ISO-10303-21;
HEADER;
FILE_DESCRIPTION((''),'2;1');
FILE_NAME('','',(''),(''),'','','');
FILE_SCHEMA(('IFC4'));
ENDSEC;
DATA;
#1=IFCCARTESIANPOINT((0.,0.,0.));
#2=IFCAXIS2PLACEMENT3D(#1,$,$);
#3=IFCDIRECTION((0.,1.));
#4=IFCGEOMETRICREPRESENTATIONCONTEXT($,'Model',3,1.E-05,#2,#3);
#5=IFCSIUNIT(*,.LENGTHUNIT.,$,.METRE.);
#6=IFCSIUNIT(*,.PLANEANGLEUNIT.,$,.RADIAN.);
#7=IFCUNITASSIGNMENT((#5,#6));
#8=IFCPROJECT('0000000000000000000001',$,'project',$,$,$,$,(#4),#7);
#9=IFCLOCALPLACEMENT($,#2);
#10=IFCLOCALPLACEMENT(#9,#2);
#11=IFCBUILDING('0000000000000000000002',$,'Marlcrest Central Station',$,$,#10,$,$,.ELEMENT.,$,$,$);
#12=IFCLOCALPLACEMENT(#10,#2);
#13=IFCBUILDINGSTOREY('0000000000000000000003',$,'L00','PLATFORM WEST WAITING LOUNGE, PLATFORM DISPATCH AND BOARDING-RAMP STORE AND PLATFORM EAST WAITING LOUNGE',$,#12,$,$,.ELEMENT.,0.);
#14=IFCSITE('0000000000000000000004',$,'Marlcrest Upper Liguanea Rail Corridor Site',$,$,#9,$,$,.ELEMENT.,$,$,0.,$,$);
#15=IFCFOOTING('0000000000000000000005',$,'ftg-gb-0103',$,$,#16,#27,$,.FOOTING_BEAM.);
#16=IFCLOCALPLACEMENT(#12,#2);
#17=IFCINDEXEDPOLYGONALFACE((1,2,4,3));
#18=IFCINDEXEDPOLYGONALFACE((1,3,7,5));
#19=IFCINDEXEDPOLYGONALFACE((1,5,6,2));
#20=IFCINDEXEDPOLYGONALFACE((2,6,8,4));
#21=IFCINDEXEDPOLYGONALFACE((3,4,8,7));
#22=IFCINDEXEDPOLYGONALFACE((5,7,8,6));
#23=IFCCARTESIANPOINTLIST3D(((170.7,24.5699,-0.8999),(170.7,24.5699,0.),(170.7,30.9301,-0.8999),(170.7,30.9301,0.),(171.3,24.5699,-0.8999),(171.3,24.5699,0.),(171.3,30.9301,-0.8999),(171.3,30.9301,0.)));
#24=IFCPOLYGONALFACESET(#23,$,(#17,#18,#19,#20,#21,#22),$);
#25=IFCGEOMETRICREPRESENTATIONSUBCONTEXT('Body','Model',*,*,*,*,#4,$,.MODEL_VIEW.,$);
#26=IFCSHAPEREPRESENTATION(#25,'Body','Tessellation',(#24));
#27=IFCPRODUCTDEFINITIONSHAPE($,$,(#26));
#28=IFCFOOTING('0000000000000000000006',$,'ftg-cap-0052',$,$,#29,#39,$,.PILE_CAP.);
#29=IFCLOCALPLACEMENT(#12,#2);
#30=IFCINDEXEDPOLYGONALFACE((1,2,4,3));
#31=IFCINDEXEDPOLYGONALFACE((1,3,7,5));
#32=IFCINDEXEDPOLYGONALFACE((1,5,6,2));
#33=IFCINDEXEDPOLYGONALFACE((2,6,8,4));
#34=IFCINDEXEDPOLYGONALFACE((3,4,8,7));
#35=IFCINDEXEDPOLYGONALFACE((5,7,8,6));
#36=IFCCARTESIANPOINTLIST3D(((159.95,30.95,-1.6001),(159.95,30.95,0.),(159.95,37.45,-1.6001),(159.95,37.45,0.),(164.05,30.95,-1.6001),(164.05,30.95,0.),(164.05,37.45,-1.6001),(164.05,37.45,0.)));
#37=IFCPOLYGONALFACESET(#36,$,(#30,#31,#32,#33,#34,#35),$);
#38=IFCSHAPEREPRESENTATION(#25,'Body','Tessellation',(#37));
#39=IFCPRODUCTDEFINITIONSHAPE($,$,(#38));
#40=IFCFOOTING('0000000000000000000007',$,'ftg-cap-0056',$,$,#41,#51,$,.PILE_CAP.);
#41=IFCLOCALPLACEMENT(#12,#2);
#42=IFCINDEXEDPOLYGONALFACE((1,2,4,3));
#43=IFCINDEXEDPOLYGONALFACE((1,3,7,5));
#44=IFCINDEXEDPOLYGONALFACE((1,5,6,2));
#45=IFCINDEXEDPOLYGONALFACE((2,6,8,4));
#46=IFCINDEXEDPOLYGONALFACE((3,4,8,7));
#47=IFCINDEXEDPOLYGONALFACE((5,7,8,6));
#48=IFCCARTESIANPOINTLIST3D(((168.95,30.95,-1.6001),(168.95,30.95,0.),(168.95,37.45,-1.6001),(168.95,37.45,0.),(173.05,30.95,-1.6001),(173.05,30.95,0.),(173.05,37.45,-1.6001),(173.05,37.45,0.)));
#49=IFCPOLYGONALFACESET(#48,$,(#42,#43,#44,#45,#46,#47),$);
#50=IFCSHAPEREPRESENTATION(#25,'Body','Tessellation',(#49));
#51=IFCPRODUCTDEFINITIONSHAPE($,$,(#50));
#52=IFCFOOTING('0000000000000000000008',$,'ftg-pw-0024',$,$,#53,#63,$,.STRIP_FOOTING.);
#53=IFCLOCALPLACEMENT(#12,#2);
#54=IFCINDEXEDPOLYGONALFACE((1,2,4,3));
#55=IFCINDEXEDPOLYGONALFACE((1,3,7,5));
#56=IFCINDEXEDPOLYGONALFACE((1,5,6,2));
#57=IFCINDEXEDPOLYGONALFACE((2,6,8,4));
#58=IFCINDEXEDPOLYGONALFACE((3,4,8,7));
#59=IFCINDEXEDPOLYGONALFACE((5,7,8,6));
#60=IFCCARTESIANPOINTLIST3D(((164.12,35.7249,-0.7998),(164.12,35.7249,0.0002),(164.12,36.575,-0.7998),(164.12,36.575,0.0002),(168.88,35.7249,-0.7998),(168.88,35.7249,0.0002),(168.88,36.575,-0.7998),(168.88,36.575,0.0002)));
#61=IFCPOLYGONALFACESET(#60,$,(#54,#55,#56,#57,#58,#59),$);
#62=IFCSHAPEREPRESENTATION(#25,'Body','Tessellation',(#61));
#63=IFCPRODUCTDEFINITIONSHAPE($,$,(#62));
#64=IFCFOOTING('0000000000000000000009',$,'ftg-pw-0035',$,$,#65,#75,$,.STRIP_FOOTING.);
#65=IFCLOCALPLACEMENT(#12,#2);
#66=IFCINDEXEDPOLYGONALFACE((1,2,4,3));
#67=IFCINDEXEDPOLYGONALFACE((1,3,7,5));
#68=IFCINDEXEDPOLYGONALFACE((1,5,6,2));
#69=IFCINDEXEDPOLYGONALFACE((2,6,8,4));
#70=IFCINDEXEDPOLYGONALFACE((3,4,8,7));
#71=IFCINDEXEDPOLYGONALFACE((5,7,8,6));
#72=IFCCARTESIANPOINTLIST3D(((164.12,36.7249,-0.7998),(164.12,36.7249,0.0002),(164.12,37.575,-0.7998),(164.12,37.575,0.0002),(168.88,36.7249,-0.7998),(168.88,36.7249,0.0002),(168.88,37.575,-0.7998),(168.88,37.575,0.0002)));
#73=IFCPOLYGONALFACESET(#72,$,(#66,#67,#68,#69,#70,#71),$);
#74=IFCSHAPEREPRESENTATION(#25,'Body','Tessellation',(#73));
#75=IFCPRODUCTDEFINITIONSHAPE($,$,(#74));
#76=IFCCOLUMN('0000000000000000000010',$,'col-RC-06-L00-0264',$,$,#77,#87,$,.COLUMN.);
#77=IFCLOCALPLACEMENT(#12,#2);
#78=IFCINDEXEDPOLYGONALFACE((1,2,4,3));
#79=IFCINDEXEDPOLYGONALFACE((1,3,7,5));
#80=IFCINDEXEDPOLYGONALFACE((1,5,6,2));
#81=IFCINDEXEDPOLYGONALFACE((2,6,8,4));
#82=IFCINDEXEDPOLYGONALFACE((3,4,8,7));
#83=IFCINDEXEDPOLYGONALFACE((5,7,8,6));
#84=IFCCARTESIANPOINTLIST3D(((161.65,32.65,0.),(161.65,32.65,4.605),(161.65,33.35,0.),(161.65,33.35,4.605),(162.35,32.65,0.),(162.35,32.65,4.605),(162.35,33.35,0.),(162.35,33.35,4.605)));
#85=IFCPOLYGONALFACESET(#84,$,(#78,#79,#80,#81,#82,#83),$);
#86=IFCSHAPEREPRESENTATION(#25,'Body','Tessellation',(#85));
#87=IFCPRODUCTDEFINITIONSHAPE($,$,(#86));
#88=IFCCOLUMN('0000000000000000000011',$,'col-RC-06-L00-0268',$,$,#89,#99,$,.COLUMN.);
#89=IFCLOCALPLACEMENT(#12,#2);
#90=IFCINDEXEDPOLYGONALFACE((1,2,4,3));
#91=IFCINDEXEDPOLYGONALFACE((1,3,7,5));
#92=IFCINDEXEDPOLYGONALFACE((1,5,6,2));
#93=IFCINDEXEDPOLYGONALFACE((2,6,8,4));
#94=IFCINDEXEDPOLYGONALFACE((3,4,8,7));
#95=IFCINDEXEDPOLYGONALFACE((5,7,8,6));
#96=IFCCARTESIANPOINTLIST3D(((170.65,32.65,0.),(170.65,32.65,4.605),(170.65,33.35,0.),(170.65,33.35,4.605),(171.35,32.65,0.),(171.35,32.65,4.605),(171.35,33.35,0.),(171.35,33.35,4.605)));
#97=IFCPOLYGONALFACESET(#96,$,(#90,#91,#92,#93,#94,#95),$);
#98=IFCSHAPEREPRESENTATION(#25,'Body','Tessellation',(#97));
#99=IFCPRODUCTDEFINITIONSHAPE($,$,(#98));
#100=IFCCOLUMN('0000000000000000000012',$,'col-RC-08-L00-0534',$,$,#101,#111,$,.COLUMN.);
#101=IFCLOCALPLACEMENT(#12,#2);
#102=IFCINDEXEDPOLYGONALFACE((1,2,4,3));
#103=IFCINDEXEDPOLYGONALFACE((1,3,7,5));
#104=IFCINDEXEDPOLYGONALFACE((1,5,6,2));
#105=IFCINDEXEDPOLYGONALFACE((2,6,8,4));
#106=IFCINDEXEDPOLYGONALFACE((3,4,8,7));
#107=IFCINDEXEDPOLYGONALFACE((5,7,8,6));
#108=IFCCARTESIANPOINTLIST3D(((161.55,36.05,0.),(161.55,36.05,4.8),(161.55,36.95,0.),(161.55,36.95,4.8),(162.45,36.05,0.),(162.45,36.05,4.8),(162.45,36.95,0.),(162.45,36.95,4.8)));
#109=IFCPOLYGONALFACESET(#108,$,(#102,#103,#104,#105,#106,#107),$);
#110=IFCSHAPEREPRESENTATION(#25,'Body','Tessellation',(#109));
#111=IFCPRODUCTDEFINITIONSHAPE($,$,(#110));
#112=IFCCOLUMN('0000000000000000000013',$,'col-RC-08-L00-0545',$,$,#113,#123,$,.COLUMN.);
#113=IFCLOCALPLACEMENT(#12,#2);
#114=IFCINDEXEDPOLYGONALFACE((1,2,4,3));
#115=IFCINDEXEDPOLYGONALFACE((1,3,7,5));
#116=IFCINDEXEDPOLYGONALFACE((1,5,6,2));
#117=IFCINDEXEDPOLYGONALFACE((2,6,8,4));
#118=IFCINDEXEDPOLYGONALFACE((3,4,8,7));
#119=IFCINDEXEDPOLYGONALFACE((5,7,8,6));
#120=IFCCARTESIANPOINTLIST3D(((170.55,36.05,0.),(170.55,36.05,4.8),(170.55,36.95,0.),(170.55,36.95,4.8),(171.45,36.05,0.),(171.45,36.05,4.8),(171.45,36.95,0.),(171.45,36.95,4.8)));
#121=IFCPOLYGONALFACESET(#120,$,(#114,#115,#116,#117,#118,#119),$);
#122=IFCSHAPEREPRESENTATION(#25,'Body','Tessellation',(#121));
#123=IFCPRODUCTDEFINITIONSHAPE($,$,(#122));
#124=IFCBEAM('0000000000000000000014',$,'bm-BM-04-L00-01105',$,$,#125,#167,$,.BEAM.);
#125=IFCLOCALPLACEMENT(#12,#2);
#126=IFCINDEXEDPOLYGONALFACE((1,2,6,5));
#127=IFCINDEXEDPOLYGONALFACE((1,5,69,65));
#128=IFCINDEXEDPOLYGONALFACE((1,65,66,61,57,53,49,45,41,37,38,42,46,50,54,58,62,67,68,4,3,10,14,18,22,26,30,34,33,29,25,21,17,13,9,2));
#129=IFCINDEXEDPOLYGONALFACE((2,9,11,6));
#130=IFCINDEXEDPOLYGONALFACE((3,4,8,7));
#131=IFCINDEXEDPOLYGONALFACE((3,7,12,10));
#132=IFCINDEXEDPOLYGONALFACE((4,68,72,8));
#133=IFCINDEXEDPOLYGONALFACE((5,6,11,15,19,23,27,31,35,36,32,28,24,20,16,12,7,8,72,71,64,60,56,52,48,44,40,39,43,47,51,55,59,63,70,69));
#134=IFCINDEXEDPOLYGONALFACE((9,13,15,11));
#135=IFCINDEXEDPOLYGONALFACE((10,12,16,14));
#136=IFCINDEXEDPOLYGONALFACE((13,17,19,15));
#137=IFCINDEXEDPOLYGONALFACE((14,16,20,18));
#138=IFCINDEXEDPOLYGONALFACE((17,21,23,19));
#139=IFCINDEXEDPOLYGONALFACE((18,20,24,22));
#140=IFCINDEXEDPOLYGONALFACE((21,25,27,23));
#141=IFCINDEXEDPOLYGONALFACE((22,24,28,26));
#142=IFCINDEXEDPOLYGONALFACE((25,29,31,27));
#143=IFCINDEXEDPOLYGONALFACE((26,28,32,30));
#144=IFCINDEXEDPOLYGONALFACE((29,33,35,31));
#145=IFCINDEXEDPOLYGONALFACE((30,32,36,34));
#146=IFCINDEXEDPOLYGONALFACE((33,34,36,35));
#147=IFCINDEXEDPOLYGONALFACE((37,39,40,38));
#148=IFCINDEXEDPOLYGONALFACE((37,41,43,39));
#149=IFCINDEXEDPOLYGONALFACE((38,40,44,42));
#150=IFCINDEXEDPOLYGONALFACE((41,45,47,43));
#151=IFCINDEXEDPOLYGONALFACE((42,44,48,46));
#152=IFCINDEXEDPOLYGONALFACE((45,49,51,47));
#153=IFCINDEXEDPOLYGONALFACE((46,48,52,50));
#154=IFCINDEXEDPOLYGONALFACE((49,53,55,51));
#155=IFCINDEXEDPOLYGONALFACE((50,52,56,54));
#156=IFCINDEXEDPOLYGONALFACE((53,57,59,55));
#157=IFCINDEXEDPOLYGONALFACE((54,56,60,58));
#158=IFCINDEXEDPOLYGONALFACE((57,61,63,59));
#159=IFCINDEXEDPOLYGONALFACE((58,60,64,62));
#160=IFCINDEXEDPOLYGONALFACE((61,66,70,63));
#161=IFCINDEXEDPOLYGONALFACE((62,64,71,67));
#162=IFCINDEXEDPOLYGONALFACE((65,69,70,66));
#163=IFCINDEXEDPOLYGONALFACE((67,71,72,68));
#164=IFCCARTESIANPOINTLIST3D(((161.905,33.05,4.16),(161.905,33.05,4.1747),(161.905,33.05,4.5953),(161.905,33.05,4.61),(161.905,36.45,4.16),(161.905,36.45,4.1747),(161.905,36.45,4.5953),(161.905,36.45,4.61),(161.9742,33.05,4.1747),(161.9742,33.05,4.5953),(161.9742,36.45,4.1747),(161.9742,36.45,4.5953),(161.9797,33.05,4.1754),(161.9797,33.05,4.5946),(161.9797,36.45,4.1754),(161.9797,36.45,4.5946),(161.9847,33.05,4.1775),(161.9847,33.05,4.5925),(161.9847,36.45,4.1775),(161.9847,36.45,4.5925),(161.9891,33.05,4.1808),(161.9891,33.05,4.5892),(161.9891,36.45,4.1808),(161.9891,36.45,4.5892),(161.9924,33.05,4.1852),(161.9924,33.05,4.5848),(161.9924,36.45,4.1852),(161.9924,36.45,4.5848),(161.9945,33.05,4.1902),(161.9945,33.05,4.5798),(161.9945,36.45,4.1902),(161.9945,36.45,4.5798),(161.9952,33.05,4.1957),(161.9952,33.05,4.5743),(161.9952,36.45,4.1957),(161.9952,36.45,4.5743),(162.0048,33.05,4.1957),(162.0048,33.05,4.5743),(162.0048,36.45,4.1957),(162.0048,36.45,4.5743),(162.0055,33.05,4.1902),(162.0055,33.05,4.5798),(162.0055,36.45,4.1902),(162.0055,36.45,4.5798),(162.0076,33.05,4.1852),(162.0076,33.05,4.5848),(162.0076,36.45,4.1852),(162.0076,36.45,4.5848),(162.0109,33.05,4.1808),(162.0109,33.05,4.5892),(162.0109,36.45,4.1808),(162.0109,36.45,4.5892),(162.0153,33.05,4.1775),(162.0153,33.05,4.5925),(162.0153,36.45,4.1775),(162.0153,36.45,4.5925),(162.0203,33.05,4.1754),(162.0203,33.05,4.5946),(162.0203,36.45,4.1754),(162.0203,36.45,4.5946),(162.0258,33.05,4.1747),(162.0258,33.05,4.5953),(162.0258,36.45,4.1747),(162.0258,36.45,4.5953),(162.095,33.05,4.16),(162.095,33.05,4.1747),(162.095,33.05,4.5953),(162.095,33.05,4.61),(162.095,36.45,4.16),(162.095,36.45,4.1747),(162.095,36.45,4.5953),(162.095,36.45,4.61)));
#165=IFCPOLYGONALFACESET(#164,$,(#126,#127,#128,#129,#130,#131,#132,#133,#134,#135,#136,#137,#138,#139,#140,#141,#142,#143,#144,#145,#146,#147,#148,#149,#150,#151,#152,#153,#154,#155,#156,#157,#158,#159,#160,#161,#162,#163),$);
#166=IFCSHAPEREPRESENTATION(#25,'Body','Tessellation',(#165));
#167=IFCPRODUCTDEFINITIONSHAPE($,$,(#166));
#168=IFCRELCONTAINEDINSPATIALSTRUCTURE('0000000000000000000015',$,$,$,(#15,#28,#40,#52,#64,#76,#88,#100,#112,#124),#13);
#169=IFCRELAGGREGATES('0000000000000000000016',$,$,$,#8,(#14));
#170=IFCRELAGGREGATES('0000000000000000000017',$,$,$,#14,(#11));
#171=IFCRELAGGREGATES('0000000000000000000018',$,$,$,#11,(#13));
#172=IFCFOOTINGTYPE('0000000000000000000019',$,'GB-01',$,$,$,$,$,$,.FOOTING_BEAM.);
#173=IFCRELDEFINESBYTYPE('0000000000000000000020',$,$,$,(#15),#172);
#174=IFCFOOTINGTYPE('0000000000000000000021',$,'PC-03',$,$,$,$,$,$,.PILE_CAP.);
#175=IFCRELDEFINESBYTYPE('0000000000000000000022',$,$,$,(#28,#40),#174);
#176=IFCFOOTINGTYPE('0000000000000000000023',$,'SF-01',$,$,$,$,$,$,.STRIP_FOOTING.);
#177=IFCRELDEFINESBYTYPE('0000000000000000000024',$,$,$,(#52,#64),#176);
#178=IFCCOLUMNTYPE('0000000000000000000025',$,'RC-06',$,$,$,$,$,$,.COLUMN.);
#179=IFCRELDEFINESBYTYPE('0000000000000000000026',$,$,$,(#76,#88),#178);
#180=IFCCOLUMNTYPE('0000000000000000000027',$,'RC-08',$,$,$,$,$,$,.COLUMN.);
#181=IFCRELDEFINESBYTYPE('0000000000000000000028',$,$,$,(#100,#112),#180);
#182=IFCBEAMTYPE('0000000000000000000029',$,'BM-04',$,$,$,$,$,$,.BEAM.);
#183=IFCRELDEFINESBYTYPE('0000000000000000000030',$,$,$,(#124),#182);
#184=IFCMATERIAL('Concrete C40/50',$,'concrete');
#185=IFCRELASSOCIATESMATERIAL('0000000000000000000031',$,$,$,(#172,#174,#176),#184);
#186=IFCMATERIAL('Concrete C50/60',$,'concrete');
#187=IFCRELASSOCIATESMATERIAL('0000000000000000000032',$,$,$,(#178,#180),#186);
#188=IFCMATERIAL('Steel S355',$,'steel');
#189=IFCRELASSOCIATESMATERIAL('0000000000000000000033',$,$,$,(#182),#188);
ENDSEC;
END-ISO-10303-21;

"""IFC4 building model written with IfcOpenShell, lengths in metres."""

from ifc_helpers import new_model, si_unit, direction, frame, origin, origin_2d, place, context, subcontext, project, spatial, rectangle, i_section, extrude, material, material_profile, profile_set, type_object, element, save


model = new_model("IFC4")

# Units and contexts
model_context = context("Model", 3, precision=1e-05, world=origin(), true_north=direction((0.0, 1.0)))
body_context = subcontext(model_context, "Body", "Model", "MODEL_VIEW")
ifc_project = project(units=[si_unit("LENGTHUNIT", "METRE"), si_unit("PLANEANGLEUNIT", "RADIAN")], contexts=[model_context])

# Site, building, storey
site_placement = place(None, origin())
site = spatial("IfcSite", under=ifc_project, at=site_placement, Name="Marlcrest Upper Liguanea Rail Corridor Site", CompositionType="ELEMENT", RefElevation=0.0)
building_placement = place(site_placement, origin())
building = spatial("IfcBuilding", under=site, at=building_placement, Name="Marlcrest Central Station", CompositionType="ELEMENT")
storey_placement = place(building_placement, origin())
storey = spatial("IfcBuildingStorey", under=building, at=storey_placement, Name="L00", Description="PLATFORM WEST WAITING LOUNGE, PLATFORM DISPATCH AND BOARDING-RAMP STORE AND PLATFORM EAST WAITING LOUNGE", CompositionType="ELEMENT", Elevation=0.0)

# Footings
ifc_material_1 = material(Name="Concrete C40/50", Category="concrete")
footing_type_1 = type_object("IfcFootingType", Name="GB-01", PredefinedType="FOOTING_BEAM", material=ifc_material_1)
footing_placement = place(storey_placement, frame((171.0, 27.75, -0.8999), z_axis=(0.0, 0.0, 1.0), x_axis=(1.0, 0.0, 0.0)))
element("IfcFooting", 1, at=footing_placement, inside=storey, type_object=footing_type_1, Name="ftg-gb-0103", PredefinedType="FOOTING_BEAM", context=body_context, shape_type="SweptSolid", body=[
    extrude(rectangle(XDim=0.6001, YDim=6.3601, at=origin_2d()), origin(), (0.0, 0.0, 1.0), 0.8999),
])
footing_type_2 = type_object("IfcFootingType", Name="PC-03", PredefinedType="PILE_CAP", material=ifc_material_1)
for number, where, z_axis, x_axis, name in (
    (2, (162.0, 34.2, -1.6001), (0.0, 0.0, 1.0), (1.0, 0.0, 0.0), "ftg-cap-0052"),
    (3, (171.0, 34.2, -1.6001), (0.0, 0.0, 1.0), (1.0, 0.0, 0.0), "ftg-cap-0056"),
):
    element("IfcFooting", number, at=place(storey_placement, frame(where, z_axis=z_axis, x_axis=x_axis)), inside=storey, type_object=footing_type_2, Name=name, PredefinedType="PILE_CAP", context=body_context, shape_type="SweptSolid", body=[
        extrude(rectangle(XDim=4.1001, YDim=6.5, at=origin_2d()), origin(), (0.0, 0.0, 1.0), 1.6001),
    ])
footing_type_3 = type_object("IfcFootingType", Name="SF-01", PredefinedType="STRIP_FOOTING", material=ifc_material_1)
for number, where, z_axis, x_axis, name in (
    (4, (166.5, 36.1499, -0.7998), (0.0, 0.0, 1.0), (1.0, 0.0, 0.0), "ftg-pw-0024"),
    (5, (166.5, 37.1499, -0.7998), (0.0, 0.0, 1.0), (1.0, 0.0, 0.0), "ftg-pw-0035"),
):
    element("IfcFooting", number, at=place(storey_placement, frame(where, z_axis=z_axis, x_axis=x_axis)), inside=storey, type_object=footing_type_3, Name=name, PredefinedType="STRIP_FOOTING", context=body_context, shape_type="SweptSolid", body=[
        extrude(rectangle(XDim=4.76, YDim=0.8501, at=origin_2d()), origin(), (0.0, 0.0, 1.0), 0.8),
    ])

# Columns
ifc_material_2 = material(Name="Concrete C50/60", Category="concrete")
ifc_material_profile_1 = material_profile(ifc_material_2, rectangle(XDim=0.7, YDim=0.7, at=origin_2d()), Name="RC 700x700")
ifc_profile_set_1 = profile_set([ifc_material_profile_1], Name="Concrete C50/60")
column_type_1 = type_object("IfcColumnType", Name="RC-06", PredefinedType="COLUMN", material=ifc_profile_set_1)
for number, where, z_axis, x_axis, name in (
    (6, (162.0, 33.0, 0.0), (0.0, 0.0, 1.0), (1.0, 0.0, 0.0), "col-RC-06-L00-0264"),
    (7, (171.0, 33.0, 0.0), (0.0, 0.0, 1.0), (1.0, 0.0, 0.0), "col-RC-06-L00-0268"),
):
    element("IfcColumn", number, at=place(storey_placement, frame(where, z_axis=z_axis, x_axis=x_axis)), inside=storey, type_object=column_type_1, Name=name, PredefinedType="COLUMN", context=body_context, shape_type="SweptSolid", body=[
        extrude(rectangle(XDim=0.7, YDim=0.7, at=origin_2d()), origin(), (0.0, 0.0, 1.0), 4.605),
    ])
ifc_material_profile_2 = material_profile(ifc_material_2, rectangle(XDim=0.8999, YDim=0.8999, at=origin_2d()), Name="RC 900x900")
ifc_profile_set_2 = profile_set([ifc_material_profile_2], Name="Concrete C50/60")
column_type_2 = type_object("IfcColumnType", Name="RC-08", PredefinedType="COLUMN", material=ifc_profile_set_2)
for number, where, z_axis, x_axis, name in (
    (8, (162.0, 36.5, 0.0), (0.0, 0.0, 1.0), (1.0, 0.0, 0.0), "col-RC-08-L00-0534"),
    (9, (171.0, 36.5, 0.0), (0.0, 0.0, 1.0), (1.0, 0.0, 0.0), "col-RC-08-L00-0545"),
):
    element("IfcColumn", number, at=place(storey_placement, frame(where, z_axis=z_axis, x_axis=x_axis)), inside=storey, type_object=column_type_2, Name=name, PredefinedType="COLUMN", context=body_context, shape_type="SweptSolid", body=[
        extrude(rectangle(XDim=0.8999, YDim=0.8999, at=origin_2d()), origin(), (0.0, 0.0, 1.0), 4.8),
    ])

# Beam
ifc_material_3 = material(Name="Steel S355", Category="steel")
ifc_material_profile_3 = material_profile(ifc_material_3, i_section(OverallWidth=0.1899, OverallDepth=0.45, WebThickness=0.0095, FlangeThickness=0.0146, FilletRadius=0.021, at=origin_2d()), Name="IPE 450")
ifc_profile_set_3 = profile_set([ifc_material_profile_3], Name="Steel S355")
beam_type_1 = type_object("IfcBeamType", Name="BM-04", PredefinedType="BEAM", material=ifc_profile_set_3)
beam_1_placement = place(storey_placement, frame((162.0, 33.05, 4.385), z_axis=(0.0, 1.0, 0.0), x_axis=(-1.0, 0.0, 0.0)))
element("IfcBeam", 10, at=beam_1_placement, inside=storey, type_object=beam_type_1, Name="bm-BM-04-L00-01105", PredefinedType="BEAM", context=body_context, shape_type="SweptSolid", body=[
    extrude(i_section(OverallWidth=0.1899, OverallDepth=0.45, WebThickness=0.0095, FlangeThickness=0.0146, FilletRadius=0.021, at=origin_2d()), origin(), (0.0, 0.0, 1.0), 3.3999),
])

save(model, "model.ifc")
